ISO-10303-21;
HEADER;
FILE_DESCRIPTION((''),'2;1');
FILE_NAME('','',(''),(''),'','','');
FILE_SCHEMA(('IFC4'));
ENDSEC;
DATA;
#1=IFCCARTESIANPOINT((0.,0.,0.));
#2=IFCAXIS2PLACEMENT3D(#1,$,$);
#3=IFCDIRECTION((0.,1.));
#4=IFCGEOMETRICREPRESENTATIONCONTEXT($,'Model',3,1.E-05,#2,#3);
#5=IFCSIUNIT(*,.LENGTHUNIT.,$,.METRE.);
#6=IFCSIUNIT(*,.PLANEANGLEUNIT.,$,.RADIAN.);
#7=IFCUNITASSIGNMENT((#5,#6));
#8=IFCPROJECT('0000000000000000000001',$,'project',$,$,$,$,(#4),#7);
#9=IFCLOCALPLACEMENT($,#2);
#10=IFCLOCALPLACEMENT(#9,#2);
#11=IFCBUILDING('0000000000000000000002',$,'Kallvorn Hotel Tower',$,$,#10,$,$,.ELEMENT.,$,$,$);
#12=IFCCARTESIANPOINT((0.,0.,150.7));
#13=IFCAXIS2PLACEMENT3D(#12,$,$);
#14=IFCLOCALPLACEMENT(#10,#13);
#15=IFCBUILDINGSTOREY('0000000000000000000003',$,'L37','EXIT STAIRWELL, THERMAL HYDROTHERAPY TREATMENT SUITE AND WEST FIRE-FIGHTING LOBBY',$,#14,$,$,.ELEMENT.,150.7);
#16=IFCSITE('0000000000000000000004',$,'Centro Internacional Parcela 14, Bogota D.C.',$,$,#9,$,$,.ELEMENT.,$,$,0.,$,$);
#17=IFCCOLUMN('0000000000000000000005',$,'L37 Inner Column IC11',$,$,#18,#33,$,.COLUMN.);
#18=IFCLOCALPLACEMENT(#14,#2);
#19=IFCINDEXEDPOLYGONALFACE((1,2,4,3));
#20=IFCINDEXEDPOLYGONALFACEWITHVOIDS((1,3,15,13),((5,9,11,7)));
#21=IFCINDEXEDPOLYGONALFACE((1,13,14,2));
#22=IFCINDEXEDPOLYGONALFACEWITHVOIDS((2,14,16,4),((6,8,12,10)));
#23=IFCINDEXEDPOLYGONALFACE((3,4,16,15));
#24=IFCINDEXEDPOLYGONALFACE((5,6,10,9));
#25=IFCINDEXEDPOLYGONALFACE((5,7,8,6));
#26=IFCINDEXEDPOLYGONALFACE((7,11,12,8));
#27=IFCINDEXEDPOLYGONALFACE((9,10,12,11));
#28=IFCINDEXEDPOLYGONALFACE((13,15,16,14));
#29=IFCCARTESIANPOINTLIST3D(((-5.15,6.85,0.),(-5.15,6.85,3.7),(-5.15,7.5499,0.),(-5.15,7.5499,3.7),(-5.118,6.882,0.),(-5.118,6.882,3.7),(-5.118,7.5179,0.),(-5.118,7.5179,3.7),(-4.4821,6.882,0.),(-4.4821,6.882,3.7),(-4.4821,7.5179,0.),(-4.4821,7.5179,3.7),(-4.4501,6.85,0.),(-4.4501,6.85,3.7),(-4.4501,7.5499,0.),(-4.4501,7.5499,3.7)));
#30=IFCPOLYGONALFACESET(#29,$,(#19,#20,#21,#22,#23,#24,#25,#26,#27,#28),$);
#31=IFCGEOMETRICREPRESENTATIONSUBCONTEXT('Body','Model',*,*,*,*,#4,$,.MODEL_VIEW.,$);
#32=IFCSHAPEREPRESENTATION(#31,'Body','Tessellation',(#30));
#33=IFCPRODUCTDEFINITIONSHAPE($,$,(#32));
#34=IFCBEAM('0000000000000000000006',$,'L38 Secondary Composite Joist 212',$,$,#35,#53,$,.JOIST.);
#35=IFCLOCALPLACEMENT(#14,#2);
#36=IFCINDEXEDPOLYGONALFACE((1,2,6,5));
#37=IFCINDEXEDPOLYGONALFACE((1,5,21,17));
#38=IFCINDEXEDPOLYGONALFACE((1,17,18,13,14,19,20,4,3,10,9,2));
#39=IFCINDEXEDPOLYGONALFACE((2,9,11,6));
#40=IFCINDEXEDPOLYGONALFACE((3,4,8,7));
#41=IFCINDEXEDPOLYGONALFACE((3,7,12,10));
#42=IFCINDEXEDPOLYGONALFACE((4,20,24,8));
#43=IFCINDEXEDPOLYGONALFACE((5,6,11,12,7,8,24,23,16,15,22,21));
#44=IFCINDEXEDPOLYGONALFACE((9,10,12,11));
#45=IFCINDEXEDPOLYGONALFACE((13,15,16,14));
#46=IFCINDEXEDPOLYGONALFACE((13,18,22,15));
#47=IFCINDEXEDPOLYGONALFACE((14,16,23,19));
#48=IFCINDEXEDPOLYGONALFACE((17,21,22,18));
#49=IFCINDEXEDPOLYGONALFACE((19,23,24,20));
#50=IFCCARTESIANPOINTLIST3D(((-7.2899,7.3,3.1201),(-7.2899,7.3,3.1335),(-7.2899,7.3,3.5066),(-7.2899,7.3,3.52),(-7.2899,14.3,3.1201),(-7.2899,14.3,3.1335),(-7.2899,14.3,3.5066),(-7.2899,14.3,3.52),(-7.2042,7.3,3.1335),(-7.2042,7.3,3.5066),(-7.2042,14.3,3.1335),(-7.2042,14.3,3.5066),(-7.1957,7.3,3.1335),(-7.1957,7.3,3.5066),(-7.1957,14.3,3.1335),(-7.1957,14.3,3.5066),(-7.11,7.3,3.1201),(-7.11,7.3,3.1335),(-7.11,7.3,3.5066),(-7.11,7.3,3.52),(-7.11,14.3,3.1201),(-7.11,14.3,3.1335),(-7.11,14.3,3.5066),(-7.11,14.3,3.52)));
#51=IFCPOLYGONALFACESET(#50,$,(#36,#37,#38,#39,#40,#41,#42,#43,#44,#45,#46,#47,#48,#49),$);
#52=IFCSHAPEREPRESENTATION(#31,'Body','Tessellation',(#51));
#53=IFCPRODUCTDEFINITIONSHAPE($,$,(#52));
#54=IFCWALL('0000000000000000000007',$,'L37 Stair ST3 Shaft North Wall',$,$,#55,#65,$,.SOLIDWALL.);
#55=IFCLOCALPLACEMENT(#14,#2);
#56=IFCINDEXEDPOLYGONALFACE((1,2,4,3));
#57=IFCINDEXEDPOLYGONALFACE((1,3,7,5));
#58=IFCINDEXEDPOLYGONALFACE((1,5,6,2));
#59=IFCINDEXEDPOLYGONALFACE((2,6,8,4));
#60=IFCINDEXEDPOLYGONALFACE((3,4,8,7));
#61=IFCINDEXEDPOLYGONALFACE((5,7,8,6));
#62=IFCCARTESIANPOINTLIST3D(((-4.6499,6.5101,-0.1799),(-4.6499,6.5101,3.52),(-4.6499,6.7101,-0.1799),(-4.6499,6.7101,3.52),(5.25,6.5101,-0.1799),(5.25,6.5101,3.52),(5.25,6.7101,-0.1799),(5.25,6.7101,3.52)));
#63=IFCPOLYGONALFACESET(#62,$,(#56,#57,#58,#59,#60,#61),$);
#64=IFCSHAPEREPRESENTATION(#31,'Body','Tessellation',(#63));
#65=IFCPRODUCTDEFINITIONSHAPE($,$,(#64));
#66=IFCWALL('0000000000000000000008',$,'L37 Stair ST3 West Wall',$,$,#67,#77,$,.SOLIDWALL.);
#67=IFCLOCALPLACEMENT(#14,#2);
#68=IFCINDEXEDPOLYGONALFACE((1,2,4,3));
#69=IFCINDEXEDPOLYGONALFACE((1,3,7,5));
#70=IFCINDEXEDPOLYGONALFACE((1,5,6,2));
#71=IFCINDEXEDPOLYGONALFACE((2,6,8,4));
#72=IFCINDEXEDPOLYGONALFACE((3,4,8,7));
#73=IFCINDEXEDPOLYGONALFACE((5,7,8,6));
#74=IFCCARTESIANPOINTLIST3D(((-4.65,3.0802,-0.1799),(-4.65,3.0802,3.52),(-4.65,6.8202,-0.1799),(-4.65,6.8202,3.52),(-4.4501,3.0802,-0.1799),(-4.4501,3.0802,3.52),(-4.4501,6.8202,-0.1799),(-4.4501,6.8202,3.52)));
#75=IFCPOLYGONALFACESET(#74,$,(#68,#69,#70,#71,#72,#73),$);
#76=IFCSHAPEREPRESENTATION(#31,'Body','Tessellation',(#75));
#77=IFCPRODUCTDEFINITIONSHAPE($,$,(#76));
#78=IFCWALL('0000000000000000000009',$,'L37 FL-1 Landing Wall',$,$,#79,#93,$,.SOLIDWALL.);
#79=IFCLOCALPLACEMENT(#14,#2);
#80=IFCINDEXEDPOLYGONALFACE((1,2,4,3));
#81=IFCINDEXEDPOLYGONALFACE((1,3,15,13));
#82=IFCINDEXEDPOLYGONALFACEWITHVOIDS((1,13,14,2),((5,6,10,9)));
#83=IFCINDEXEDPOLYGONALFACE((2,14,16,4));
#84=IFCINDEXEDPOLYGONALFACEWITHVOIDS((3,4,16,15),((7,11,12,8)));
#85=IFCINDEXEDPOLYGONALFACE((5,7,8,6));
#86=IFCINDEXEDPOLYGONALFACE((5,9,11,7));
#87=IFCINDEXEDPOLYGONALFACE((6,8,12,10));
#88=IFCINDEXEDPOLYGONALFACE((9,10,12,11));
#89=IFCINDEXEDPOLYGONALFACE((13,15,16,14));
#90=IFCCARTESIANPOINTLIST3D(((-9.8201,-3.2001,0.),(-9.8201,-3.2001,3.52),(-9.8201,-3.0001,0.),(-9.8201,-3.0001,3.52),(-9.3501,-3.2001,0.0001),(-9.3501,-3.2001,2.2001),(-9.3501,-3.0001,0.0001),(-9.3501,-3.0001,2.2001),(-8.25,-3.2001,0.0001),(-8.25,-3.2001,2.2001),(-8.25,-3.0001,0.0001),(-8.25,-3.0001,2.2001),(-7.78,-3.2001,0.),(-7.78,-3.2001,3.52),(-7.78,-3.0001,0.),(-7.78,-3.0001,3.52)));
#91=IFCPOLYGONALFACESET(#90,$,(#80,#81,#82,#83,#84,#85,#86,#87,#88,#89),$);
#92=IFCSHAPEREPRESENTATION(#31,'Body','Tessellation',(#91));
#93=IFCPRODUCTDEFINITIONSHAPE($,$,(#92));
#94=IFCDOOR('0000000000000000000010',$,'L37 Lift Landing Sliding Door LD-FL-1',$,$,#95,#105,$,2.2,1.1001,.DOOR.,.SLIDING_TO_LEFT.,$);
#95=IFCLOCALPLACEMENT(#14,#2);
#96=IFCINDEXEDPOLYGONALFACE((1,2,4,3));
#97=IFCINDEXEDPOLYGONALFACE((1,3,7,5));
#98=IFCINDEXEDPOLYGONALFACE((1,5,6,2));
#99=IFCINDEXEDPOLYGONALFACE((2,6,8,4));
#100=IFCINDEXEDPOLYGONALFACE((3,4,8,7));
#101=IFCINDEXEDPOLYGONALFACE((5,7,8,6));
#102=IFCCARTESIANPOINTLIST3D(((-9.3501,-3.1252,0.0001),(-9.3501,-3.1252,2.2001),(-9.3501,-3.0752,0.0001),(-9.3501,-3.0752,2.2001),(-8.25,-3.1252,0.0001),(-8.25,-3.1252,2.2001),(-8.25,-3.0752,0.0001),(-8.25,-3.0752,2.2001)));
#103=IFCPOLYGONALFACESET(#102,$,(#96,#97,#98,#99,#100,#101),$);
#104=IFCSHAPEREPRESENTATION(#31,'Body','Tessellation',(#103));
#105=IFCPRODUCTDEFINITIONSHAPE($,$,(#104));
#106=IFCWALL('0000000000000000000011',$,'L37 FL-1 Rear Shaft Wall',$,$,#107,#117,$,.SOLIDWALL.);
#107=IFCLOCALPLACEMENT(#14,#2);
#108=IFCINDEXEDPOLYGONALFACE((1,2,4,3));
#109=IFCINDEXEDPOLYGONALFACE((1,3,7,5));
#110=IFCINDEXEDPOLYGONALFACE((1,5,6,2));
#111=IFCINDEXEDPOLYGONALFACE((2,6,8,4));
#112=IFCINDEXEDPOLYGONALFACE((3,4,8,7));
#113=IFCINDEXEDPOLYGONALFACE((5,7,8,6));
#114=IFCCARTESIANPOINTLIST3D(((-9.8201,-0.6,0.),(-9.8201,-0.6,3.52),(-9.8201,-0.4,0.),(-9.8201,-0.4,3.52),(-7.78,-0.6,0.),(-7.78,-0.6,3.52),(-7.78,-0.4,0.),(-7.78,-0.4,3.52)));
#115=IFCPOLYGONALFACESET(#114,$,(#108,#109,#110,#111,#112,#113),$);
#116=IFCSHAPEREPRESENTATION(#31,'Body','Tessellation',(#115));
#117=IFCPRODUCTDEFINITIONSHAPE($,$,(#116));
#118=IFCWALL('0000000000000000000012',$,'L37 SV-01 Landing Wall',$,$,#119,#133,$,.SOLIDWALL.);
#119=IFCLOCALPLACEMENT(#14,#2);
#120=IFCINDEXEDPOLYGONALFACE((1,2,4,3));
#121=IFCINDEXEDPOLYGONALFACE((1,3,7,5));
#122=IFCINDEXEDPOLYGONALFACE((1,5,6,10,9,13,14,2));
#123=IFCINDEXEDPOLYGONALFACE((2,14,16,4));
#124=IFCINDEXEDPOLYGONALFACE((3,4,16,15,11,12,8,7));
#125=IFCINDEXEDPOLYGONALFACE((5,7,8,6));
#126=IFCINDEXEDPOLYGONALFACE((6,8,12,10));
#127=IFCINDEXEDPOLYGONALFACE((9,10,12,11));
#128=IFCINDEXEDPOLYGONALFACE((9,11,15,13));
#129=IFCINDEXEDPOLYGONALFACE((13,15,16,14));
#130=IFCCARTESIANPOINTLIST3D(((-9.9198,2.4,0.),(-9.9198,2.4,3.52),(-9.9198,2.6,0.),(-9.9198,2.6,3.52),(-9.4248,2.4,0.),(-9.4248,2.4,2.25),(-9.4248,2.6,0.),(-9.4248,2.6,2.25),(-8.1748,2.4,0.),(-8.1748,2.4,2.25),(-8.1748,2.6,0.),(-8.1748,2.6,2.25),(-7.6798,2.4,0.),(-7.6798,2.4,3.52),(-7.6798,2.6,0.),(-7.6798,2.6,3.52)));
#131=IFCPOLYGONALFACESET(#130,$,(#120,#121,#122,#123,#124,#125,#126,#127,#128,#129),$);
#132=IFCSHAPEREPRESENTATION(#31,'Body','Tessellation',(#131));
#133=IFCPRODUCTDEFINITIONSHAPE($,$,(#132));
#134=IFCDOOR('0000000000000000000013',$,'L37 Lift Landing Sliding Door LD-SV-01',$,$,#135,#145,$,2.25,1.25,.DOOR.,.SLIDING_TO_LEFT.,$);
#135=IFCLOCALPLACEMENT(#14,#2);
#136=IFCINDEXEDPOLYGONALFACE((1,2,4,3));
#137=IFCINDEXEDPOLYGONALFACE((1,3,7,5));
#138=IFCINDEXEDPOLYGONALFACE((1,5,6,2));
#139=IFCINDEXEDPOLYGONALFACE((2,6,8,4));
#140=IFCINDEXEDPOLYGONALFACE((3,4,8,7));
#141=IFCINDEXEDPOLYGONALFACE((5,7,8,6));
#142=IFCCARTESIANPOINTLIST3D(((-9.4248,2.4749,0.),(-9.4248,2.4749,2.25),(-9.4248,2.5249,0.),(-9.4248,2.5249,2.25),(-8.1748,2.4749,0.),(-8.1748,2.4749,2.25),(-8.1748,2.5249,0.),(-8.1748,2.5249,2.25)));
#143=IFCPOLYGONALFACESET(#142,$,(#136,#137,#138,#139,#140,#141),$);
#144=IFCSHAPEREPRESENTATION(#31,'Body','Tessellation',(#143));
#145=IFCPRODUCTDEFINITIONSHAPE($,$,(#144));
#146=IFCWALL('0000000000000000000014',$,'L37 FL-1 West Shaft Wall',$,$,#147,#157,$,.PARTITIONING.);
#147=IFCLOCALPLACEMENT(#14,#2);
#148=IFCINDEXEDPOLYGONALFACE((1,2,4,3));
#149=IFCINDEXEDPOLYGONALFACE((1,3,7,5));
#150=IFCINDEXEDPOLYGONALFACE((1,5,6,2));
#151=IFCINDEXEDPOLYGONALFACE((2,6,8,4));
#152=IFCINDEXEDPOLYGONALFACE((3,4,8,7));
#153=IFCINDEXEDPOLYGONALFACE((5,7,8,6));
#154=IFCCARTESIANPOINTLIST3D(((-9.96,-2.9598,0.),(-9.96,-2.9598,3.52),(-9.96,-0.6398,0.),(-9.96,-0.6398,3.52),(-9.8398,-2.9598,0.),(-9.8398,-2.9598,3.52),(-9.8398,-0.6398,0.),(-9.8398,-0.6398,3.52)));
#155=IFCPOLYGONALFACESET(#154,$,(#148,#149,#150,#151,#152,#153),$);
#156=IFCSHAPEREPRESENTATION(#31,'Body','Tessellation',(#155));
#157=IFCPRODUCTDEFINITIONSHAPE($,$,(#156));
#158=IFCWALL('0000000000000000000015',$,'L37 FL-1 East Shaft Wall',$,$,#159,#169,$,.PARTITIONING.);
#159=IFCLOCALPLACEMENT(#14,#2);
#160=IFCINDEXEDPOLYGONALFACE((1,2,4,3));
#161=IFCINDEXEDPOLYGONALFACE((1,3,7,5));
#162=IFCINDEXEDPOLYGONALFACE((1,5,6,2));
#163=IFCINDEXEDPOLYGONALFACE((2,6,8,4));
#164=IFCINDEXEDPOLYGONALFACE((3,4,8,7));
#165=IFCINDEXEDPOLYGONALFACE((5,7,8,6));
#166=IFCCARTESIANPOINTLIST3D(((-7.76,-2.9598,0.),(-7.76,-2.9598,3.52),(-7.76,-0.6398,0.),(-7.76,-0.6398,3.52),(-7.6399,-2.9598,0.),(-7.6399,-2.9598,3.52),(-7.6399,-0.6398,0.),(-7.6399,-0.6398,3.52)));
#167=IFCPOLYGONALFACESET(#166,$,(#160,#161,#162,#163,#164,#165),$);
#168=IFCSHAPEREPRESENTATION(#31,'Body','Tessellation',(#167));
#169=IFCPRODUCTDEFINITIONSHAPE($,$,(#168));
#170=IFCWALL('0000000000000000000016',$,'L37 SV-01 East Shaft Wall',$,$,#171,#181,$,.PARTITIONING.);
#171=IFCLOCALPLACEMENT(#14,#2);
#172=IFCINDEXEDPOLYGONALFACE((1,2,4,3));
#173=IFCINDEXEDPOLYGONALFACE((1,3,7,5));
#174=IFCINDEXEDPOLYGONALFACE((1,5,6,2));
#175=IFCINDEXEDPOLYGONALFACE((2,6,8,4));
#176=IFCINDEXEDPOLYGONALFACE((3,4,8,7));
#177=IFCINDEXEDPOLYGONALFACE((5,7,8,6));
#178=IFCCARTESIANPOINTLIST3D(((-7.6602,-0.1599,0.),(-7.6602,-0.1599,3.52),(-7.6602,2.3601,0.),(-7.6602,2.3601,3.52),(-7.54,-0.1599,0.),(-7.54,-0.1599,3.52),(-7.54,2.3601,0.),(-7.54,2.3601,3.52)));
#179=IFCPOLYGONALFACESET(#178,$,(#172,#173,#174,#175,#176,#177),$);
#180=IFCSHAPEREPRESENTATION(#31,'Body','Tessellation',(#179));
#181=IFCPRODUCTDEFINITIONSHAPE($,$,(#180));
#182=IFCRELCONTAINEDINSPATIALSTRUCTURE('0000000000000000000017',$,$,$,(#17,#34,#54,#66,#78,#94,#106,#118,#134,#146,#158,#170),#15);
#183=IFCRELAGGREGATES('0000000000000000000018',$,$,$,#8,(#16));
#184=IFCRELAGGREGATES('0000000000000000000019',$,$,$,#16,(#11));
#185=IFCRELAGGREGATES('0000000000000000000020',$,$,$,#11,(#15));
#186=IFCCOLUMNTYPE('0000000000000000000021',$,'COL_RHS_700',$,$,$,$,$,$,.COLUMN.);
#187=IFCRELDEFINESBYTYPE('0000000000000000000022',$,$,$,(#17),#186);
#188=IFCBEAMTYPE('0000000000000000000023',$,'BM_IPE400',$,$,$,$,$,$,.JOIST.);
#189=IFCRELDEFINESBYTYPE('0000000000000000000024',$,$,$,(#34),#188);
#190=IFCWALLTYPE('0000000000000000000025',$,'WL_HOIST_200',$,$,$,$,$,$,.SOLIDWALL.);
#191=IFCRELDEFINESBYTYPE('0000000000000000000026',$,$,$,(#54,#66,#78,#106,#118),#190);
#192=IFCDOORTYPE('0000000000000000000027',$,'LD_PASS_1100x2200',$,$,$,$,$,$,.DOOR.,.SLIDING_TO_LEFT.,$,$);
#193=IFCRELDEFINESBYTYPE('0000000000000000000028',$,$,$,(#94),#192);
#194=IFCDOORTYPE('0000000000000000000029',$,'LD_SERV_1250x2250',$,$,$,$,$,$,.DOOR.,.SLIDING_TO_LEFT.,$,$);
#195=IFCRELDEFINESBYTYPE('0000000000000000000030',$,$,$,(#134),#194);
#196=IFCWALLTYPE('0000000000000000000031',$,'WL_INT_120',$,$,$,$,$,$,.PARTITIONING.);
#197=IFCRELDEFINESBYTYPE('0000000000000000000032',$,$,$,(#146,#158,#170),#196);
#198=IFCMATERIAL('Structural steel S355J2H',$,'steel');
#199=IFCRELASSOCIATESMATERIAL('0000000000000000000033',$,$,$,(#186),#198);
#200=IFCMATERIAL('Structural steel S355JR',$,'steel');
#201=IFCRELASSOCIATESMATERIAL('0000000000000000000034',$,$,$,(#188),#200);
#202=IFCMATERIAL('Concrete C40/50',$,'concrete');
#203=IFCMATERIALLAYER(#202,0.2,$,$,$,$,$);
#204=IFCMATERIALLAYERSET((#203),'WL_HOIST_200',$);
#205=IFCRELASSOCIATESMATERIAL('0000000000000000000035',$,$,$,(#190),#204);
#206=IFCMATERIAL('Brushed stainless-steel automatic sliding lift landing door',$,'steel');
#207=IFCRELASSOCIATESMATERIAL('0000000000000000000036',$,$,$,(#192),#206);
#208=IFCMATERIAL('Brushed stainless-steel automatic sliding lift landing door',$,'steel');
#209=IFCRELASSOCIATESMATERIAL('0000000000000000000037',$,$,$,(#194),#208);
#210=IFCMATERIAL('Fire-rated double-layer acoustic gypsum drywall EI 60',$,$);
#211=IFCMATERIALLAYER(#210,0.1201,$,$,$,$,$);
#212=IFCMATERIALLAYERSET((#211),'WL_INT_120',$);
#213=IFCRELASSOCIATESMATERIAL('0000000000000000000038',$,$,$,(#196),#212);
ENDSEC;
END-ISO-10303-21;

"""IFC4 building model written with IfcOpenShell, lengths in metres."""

from ifc_helpers import new_model, si_unit, direction, frame, frame_2d, origin, origin_2d, place, context, subcontext, project, spatial, rectangle, hollow_rectangle, i_section, extrude, material, layer, layer_set, material_profile, profile_set, type_object, element, fill, save


model = new_model("IFC4")

# Units and contexts
model_context = context("Model", 3, precision=1e-05, world=origin(), true_north=direction((0.0, 1.0)))
body_context = subcontext(model_context, "Body", "Model", "MODEL_VIEW")
ifc_project = project(units=[si_unit("LENGTHUNIT", "METRE"), si_unit("PLANEANGLEUNIT", "RADIAN")], contexts=[model_context])

# Site, building, storey
site_placement = place(None, origin())
site = spatial("IfcSite", under=ifc_project, at=site_placement, Name="Centro Internacional Parcela 14, Bogota D.C.", CompositionType="ELEMENT", RefElevation=0.0)
building_placement = place(site_placement, origin())
building = spatial("IfcBuilding", under=site, at=building_placement, Name="Kallvorn Hotel Tower", CompositionType="ELEMENT")
storey_placement = place(building_placement, frame((0.0, 0.0, 150.7)))
storey = spatial("IfcBuildingStorey", under=building, at=storey_placement, Name="L37", Description="EXIT STAIRWELL, THERMAL HYDROTHERAPY TREATMENT SUITE AND WEST FIRE-FIGHTING LOBBY", CompositionType="ELEMENT", Elevation=150.7)

# Column
ifc_material_1 = material(Name="Structural steel S355J2H", Category="steel")
ifc_material_profile_1 = material_profile(ifc_material_1, hollow_rectangle(XDim=0.7, YDim=0.7, WallThickness=0.032, at=origin_2d()), Name="RHS 700x700x32")
ifc_profile_set_1 = profile_set([ifc_material_profile_1], Name="Structural steel S355J2H")
column_type = type_object("IfcColumnType", Name="COL_RHS_700", PredefinedType="COLUMN", material=ifc_profile_set_1)
column_placement = place(storey_placement, frame((-4.8, 7.2, 0.0), z_axis=(0.0, 0.0, 1.0), x_axis=(1.0, 0.0, 0.0)))
element("IfcColumn", 1, at=column_placement, inside=storey, type_object=column_type, Name="L37 Inner Column IC11", PredefinedType="COLUMN", context=body_context, shape_type="SweptSolid", body=[
    extrude(hollow_rectangle(XDim=0.7, YDim=0.7, WallThickness=0.032, at=origin_2d()), origin(), (0.0, 0.0, 1.0), 3.7),
])

# Beam
ifc_material_2 = material(Name="Structural steel S355JR", Category="steel")
ifc_material_profile_2 = material_profile(ifc_material_2, i_section(OverallWidth=0.1799, OverallDepth=0.3999, WebThickness=0.0085, FlangeThickness=0.0134, at=origin_2d()), Name="IPE 400")
ifc_profile_set_2 = profile_set([ifc_material_profile_2], Name="Structural steel S355JR")
beam_type = type_object("IfcBeamType", Name="BM_IPE400", PredefinedType="JOIST", material=ifc_profile_set_2)
beam_placement = place(storey_placement, frame((-7.2, 7.3, 3.3201), z_axis=(0.0, 1.0, 0.0), x_axis=(-1.0, 0.0, 0.0)))
element("IfcBeam", 2, at=beam_placement, inside=storey, type_object=beam_type, Name="L38 Secondary Composite Joist 212", PredefinedType="JOIST", context=body_context, shape_type="SweptSolid", body=[
    extrude(i_section(OverallWidth=0.1799, OverallDepth=0.3999, WebThickness=0.0085, FlangeThickness=0.0134, at=origin_2d()), origin(), (0.0, 0.0, 1.0), 7.0),
])

# Walls
ifc_material_3 = material(Name="Concrete C40/50", Category="concrete")
ifc_layer_1 = layer(ifc_material_3, 0.2)
ifc_layer_set_1 = layer_set([ifc_layer_1], Name="WL_HOIST_200")
wall_type_1 = type_object("IfcWallType", Name="WL_HOIST_200", PredefinedType="SOLIDWALL", material=ifc_layer_set_1)
wall_1_placement = place(storey_placement, frame((-4.6499, 6.6101, -0.1799), z_axis=(0.0, 0.0, 1.0), x_axis=(1.0, 0.0, 0.0)))
element("IfcWall", 3, at=wall_1_placement, inside=storey, type_object=wall_type_1, Name="L37 Stair ST3 Shaft North Wall", PredefinedType="SOLIDWALL", context=body_context, shape_type="SweptSolid", body=[
    extrude(rectangle(XDim=9.8999, YDim=0.2, at=frame_2d((4.95, 0.0))), origin(), (0.0, 0.0, 1.0), 3.7),
])
wall_2_placement = place(storey_placement, frame((-4.55, 3.0801, -0.1799), z_axis=(0.0, 0.0, 1.0), x_axis=(0.0, 1.0, 0.0)))
element("IfcWall", 4, at=wall_2_placement, inside=storey, type_object=wall_type_1, Name="L37 Stair ST3 West Wall", PredefinedType="SOLIDWALL", context=body_context, shape_type="SweptSolid", body=[
    extrude(rectangle(XDim=3.74, YDim=0.2, at=frame_2d((1.8701, 0.0))), origin(), (0.0, 0.0, 1.0), 3.7),
])

# Wall, opening, door
wall_3_placement = place(storey_placement, frame((-9.8201, -3.1001, 0.0), z_axis=(0.0, 0.0, 1.0), x_axis=(1.0, 0.0, 0.0)))
wall_3 = element("IfcWall", 5, at=wall_3_placement, inside=storey, type_object=wall_type_1, Name="L37 FL-1 Landing Wall", PredefinedType="SOLIDWALL", context=body_context, shape_type="SweptSolid", body=[
    extrude(rectangle(XDim=2.04, YDim=0.2, at=frame_2d((1.02, 0.0))), origin(), (0.0, 0.0, 1.0), 3.52),
])
opening_1_placement = place(wall_3_placement, frame((0.47, 0.0, 0.0)))
opening_1 = element("IfcOpeningElement", 6, at=opening_1_placement, cuts=wall_3, PredefinedType="OPENING", context=body_context, shape_type="SweptSolid", body=[
    extrude(rectangle(XDim=1.1001, YDim=2.2, at=frame_2d((0.55, 1.1001))), frame((0.0, 0.115, 0.0), z_axis=(0.0, -1.0, 0.0), x_axis=(1.0, 0.0, 0.0)), (0.0, 0.0, 1.0), 0.23),
])
ifc_material_4 = material(Name="Brushed stainless-steel automatic sliding lift landing door", Category="steel")
door_type_1 = type_object("IfcDoorType", Name="LD_PASS_1100x2200", OperationType="SLIDING_TO_LEFT", PredefinedType="DOOR", material=ifc_material_4)
door_1_placement = place(opening_1_placement, origin())
door_1 = element("IfcDoor", 7, at=door_1_placement, inside=storey, type_object=door_type_1, Name="L37 Lift Landing Sliding Door LD-FL-1", OperationType="SLIDING_TO_LEFT", OverallHeight=2.2, OverallWidth=1.1001, PredefinedType="DOOR", context=body_context, shape_type="SweptSolid", body=[
    extrude(rectangle(XDim=1.1001, YDim=2.2, at=frame_2d((0.55, 1.1001))), frame((0.0, 0.0249, 0.0), z_axis=(0.0, -1.0, 0.0), x_axis=(1.0, 0.0, 0.0)), (0.0, 0.0, 1.0), 0.05),
])
fill(opening_1, door_1)

# Wall
wall_4_placement = place(storey_placement, frame((-9.8201, -0.5, 0.0), z_axis=(0.0, 0.0, 1.0), x_axis=(1.0, 0.0, 0.0)))
element("IfcWall", 8, at=wall_4_placement, inside=storey, type_object=wall_type_1, Name="L37 FL-1 Rear Shaft Wall", PredefinedType="SOLIDWALL", context=body_context, shape_type="SweptSolid", body=[
    extrude(rectangle(XDim=2.04, YDim=0.2, at=frame_2d((1.02, 0.0))), origin(), (0.0, 0.0, 1.0), 3.52),
])

# Wall, opening, door
wall_5_placement = place(storey_placement, frame((-9.9199, 2.5, 0.0), z_axis=(0.0, 0.0, 1.0), x_axis=(1.0, 0.0, 0.0)))
wall_5 = element("IfcWall", 9, at=wall_5_placement, inside=storey, type_object=wall_type_1, Name="L37 SV-01 Landing Wall", PredefinedType="SOLIDWALL", context=body_context, shape_type="SweptSolid", body=[
    extrude(rectangle(XDim=2.24, YDim=0.2, at=frame_2d((1.1201, 0.0))), origin(), (0.0, 0.0, 1.0), 3.52),
])
opening_2_placement = place(wall_5_placement, frame((0.4951, 0.0, 0.0)))
opening_2 = element("IfcOpeningElement", 10, at=opening_2_placement, cuts=wall_5, PredefinedType="OPENING", context=body_context, shape_type="SweptSolid", body=[
    extrude(rectangle(XDim=1.25, YDim=2.25, at=frame_2d((0.625, 1.125))), frame((0.0, 0.115, 0.0), z_axis=(0.0, -1.0, 0.0), x_axis=(1.0, 0.0, 0.0)), (0.0, 0.0, 1.0), 0.23),
])
ifc_material_5 = material(Name="Brushed stainless-steel automatic sliding lift landing door", Category="steel")
door_type_2 = type_object("IfcDoorType", Name="LD_SERV_1250x2250", OperationType="SLIDING_TO_LEFT", PredefinedType="DOOR", material=ifc_material_5)
door_2_placement = place(opening_2_placement, origin())
door_2 = element("IfcDoor", 11, at=door_2_placement, inside=storey, type_object=door_type_2, Name="L37 Lift Landing Sliding Door LD-SV-01", OperationType="SLIDING_TO_LEFT", OverallHeight=2.25, OverallWidth=1.25, PredefinedType="DOOR", context=body_context, shape_type="SweptSolid", body=[
    extrude(rectangle(XDim=1.25, YDim=2.25, at=frame_2d((0.625, 1.125))), frame((0.0, 0.0249, 0.0), z_axis=(0.0, -1.0, 0.0), x_axis=(1.0, 0.0, 0.0)), (0.0, 0.0, 1.0), 0.05),
])
fill(opening_2, door_2)

# Walls
ifc_material_6 = material(Name="Fire-rated double-layer acoustic gypsum drywall EI 60")
ifc_layer_2 = layer(ifc_material_6, 0.1201)
ifc_layer_set_2 = layer_set([ifc_layer_2], Name="WL_INT_120")
wall_type_2 = type_object("IfcWallType", Name="WL_INT_120", PredefinedType="PARTITIONING", material=ifc_layer_set_2)
for number, where, z_axis, x_axis, name in (
    (12, (-9.8999, -2.96, 0.0), (0.0, 0.0, 1.0), (0.0, 1.0, 0.0), "L37 FL-1 West Shaft Wall"),
    (13, (-7.7, -2.96, 0.0), (0.0, 0.0, 1.0), (0.0, 1.0, 0.0), "L37 FL-1 East Shaft Wall"),
):
    element("IfcWall", number, at=place(storey_placement, frame(where, z_axis=z_axis, x_axis=x_axis)), inside=storey, type_object=wall_type_2, Name=name, PredefinedType="PARTITIONING", context=body_context, shape_type="SweptSolid", body=[
        extrude(rectangle(XDim=2.3201, YDim=0.1201, at=frame_2d((1.1602, 0.0))), origin(), (0.0, 0.0, 1.0), 3.52),
    ])
wall_6_placement = place(storey_placement, frame((-7.6001, -0.1599, 0.0), z_axis=(0.0, 0.0, 1.0), x_axis=(0.0, 1.0, 0.0)))
element("IfcWall", 14, at=wall_6_placement, inside=storey, type_object=wall_type_2, Name="L37 SV-01 East Shaft Wall", PredefinedType="PARTITIONING", context=body_context, shape_type="SweptSolid", body=[
    extrude(rectangle(XDim=2.52, YDim=0.1201, at=frame_2d((1.26, 0.0))), origin(), (0.0, 0.0, 1.0), 3.52),
])

save(model, "model.ifc")
